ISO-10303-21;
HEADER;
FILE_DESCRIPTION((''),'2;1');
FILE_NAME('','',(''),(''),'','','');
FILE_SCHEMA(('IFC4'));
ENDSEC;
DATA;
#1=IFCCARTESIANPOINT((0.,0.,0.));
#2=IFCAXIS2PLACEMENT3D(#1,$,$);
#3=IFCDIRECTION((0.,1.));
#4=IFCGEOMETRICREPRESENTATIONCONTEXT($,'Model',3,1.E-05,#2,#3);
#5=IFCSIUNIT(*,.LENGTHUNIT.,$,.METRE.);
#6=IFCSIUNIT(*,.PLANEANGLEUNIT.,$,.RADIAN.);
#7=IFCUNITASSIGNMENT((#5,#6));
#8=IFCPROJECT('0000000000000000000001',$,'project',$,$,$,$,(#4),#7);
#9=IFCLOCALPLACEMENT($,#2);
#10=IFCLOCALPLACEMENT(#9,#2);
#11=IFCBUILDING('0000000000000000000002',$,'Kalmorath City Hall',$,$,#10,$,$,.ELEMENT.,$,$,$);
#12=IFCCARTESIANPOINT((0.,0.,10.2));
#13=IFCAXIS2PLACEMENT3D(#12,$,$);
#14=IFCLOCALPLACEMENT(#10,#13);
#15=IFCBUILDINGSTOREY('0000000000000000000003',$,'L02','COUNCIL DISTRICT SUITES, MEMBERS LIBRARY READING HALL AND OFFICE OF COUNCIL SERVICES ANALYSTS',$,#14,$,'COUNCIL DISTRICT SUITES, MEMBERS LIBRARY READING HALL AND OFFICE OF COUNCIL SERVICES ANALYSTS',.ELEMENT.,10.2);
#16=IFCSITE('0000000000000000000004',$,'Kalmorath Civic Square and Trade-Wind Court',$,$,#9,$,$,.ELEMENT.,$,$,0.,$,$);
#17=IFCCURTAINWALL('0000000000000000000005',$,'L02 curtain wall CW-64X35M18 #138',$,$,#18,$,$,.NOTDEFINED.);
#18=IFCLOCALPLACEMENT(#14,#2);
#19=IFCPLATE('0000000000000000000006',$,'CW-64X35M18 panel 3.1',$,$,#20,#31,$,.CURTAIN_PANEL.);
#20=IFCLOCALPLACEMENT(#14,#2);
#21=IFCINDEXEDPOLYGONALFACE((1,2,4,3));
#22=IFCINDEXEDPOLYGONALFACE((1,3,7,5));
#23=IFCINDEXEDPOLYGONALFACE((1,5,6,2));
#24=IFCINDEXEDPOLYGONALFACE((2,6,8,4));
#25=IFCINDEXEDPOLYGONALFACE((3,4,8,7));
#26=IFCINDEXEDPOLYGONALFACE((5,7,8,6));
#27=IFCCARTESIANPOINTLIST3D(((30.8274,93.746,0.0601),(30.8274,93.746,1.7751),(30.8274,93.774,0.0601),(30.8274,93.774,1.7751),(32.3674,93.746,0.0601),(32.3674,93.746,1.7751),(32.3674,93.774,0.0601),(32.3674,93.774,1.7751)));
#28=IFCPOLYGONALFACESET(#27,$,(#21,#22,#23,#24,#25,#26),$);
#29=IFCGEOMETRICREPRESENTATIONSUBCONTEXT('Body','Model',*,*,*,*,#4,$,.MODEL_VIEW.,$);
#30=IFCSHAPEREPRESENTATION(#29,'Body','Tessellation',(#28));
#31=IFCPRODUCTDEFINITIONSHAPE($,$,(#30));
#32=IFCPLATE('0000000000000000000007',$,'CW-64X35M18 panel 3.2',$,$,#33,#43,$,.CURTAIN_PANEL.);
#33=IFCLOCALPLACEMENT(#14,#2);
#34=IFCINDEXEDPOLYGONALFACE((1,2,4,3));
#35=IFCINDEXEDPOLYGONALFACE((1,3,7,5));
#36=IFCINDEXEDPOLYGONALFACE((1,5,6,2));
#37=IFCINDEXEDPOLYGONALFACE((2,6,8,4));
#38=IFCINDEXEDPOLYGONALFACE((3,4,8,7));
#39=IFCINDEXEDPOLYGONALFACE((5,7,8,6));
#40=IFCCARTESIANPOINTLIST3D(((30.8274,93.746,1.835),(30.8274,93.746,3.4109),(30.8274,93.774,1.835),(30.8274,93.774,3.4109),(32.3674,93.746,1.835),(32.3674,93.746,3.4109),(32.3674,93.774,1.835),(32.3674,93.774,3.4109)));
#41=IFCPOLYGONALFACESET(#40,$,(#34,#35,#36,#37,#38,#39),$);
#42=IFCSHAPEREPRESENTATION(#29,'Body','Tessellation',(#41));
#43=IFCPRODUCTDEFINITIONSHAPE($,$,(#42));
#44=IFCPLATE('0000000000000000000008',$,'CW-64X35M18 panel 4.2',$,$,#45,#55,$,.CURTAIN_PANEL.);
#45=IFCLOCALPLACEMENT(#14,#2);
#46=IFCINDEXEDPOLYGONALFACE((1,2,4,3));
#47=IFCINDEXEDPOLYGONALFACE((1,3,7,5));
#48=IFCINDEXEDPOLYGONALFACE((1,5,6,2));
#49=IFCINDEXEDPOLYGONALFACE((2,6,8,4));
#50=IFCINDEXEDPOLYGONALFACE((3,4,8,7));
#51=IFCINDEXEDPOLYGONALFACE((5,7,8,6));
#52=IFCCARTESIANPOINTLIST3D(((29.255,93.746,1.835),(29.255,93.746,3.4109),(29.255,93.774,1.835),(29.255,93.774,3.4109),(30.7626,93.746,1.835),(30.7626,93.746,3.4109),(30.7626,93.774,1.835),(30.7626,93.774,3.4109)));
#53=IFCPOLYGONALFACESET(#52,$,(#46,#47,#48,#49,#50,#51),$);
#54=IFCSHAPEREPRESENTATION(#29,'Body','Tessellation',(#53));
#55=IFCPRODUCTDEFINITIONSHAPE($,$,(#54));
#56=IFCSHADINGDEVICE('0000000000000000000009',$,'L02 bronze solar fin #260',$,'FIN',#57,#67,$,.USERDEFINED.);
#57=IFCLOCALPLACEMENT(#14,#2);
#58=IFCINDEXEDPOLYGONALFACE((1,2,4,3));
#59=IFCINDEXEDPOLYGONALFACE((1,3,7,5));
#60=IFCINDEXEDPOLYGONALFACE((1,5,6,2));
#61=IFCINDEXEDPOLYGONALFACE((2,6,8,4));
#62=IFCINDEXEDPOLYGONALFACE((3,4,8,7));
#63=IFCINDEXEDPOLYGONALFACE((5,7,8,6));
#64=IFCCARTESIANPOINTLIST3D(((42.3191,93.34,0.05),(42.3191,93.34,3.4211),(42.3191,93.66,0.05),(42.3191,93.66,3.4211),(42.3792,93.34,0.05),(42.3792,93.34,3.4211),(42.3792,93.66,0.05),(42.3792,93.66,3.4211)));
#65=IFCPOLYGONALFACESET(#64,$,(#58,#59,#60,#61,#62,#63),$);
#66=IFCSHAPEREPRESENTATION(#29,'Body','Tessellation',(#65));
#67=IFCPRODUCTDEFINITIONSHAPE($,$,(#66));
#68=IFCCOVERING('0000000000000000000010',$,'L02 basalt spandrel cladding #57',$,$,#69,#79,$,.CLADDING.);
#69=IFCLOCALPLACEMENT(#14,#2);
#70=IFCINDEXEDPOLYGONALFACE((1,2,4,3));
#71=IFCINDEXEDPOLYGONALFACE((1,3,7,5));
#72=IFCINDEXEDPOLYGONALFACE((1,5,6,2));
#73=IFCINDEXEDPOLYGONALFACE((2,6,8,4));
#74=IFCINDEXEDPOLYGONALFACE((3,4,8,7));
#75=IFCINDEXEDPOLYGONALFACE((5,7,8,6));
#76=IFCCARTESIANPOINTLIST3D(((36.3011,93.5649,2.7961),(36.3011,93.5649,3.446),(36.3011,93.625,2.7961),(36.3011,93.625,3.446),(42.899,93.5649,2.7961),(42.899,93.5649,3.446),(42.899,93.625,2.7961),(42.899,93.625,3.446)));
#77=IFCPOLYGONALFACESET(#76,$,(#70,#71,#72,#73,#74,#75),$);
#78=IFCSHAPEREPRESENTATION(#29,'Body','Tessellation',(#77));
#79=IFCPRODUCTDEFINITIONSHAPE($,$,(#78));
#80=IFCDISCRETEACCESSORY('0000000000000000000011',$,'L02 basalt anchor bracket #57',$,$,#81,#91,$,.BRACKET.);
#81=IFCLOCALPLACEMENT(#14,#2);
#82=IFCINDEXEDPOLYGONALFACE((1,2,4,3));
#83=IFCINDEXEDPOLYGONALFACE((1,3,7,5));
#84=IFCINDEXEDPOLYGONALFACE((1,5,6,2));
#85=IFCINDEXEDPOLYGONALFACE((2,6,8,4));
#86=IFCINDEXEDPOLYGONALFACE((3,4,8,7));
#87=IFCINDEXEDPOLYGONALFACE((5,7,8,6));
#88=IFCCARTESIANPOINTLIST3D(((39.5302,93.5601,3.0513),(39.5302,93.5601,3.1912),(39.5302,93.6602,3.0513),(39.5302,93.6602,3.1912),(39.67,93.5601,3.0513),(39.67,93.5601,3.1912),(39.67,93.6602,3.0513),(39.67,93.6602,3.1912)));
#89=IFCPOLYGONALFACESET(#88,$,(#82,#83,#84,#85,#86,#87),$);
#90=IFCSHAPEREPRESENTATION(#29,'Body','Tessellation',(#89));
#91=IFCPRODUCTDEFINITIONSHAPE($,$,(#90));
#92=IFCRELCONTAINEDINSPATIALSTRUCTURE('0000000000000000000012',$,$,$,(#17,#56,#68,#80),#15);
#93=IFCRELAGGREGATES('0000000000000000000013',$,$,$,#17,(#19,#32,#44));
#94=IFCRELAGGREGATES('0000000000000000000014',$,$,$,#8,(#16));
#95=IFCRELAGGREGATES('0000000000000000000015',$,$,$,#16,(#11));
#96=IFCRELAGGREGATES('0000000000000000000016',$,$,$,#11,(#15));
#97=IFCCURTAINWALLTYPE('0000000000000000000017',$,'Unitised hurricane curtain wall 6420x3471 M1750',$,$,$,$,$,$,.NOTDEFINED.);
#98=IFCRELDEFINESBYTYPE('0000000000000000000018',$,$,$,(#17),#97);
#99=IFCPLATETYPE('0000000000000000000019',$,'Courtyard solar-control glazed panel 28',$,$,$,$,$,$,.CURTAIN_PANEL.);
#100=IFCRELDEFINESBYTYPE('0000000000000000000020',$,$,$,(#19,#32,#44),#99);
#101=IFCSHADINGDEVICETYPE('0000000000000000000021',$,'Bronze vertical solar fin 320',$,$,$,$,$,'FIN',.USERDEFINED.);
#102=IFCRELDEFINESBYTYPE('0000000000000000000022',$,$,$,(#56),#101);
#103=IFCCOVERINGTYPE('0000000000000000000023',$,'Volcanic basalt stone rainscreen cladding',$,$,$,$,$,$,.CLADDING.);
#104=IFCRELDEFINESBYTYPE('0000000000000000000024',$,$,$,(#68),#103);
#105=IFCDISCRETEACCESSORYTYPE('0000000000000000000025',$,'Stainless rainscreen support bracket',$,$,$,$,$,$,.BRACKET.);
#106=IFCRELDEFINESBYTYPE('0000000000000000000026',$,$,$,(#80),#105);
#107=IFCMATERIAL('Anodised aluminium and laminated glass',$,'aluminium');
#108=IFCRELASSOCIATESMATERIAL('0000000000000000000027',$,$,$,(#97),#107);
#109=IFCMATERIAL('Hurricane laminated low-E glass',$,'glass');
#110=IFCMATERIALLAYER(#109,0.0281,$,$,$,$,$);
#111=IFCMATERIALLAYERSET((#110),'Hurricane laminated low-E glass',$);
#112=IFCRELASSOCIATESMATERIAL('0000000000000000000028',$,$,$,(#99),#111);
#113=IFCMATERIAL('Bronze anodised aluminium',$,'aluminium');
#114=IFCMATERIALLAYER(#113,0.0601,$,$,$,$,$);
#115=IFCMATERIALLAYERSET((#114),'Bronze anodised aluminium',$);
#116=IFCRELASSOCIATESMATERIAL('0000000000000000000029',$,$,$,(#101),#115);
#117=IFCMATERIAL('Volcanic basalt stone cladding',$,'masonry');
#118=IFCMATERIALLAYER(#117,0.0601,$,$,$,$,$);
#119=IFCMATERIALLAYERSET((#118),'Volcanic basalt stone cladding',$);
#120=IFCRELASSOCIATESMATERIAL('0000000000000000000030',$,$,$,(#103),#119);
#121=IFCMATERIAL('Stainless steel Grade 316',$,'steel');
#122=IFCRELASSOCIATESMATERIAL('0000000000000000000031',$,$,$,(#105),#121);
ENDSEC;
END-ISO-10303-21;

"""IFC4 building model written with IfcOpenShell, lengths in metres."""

from ifc_helpers import new_model, si_unit, direction, frame, origin, origin_2d, place, context, subcontext, project, spatial, rectangle, extrude, material, layer, layer_set, type_object, element, aggregate, save


model = new_model("IFC4")

# Units and contexts
model_context = context("Model", 3, precision=1e-05, world=origin(), true_north=direction((0.0, 1.0)))
body_context = subcontext(model_context, "Body", "Model", "MODEL_VIEW")
ifc_project = project(units=[si_unit("LENGTHUNIT", "METRE"), si_unit("PLANEANGLEUNIT", "RADIAN")], contexts=[model_context])

# Site, building, storey
site_placement = place(None, origin())
site = spatial("IfcSite", under=ifc_project, at=site_placement, Name="Kalmorath Civic Square and Trade-Wind Court", CompositionType="ELEMENT", RefElevation=0.0)
building_placement = place(site_placement, origin())
building = spatial("IfcBuilding", under=site, at=building_placement, Name="Kalmorath City Hall", CompositionType="ELEMENT")
storey_placement = place(building_placement, frame((0.0, 0.0, 10.2)))
storey = spatial("IfcBuildingStorey", under=building, at=storey_placement, Name="L02", Description="COUNCIL DISTRICT SUITES, MEMBERS LIBRARY READING HALL AND OFFICE OF COUNCIL SERVICES ANALYSTS", LongName="COUNCIL DISTRICT SUITES, MEMBERS LIBRARY READING HALL AND OFFICE OF COUNCIL SERVICES ANALYSTS", CompositionType="ELEMENT", Elevation=10.2)

# Curtain wall
ifc_material_1 = material(Name="Anodised aluminium and laminated glass", Category="aluminium")
curtain_wall_type = type_object("IfcCurtainWallType", Name="Unitised hurricane curtain wall 6420x3471 M1750", PredefinedType="NOTDEFINED", material=ifc_material_1)
curtain_wall_placement = place(storey_placement, origin())
curtain_wall = element("IfcCurtainWall", 1, at=curtain_wall_placement, inside=storey, type_object=curtain_wall_type, Name="L02 curtain wall CW-64X35M18 #138", PredefinedType="NOTDEFINED")

# Plates
ifc_material_2 = material(Name="Hurricane laminated low-E glass", Category="glass")
ifc_layer_1 = layer(ifc_material_2, 0.0281)
ifc_layer_set_1 = layer_set([ifc_layer_1], Name="Hurricane laminated low-E glass")
plate_type = type_object("IfcPlateType", Name="Courtyard solar-control glazed panel 28", PredefinedType="CURTAIN_PANEL", material=ifc_layer_set_1)
plate_1_placement = place(storey_placement, frame((31.5974, 93.76, 0.0601), z_axis=(0.0, 0.0, 1.0), x_axis=(-1.0, 0.0, 0.0)))
plate_1 = element("IfcPlate", 2, at=plate_1_placement, type_object=plate_type, Name="CW-64X35M18 panel 3.1", PredefinedType="CURTAIN_PANEL", context=body_context, shape_type="SweptSolid", body=[
    extrude(rectangle(XDim=1.54, YDim=0.0281, at=origin_2d()), origin(), (0.0, 0.0, 1.0), 1.7151),
])
plate_2_placement = place(storey_placement, frame((31.5974, 93.76, 1.835), z_axis=(0.0, 0.0, 1.0), x_axis=(-1.0, 0.0, 0.0)))
plate_2 = element("IfcPlate", 3, at=plate_2_placement, type_object=plate_type, Name="CW-64X35M18 panel 3.2", PredefinedType="CURTAIN_PANEL", context=body_context, shape_type="SweptSolid", body=[
    extrude(rectangle(XDim=1.54, YDim=0.0281, at=origin_2d()), origin(), (0.0, 0.0, 1.0), 1.5759),
])
plate_3_placement = place(storey_placement, frame((30.0088, 93.76, 1.835), z_axis=(0.0, 0.0, 1.0), x_axis=(-1.0, 0.0, 0.0)))
plate_3 = element("IfcPlate", 4, at=plate_3_placement, type_object=plate_type, Name="CW-64X35M18 panel 4.2", PredefinedType="CURTAIN_PANEL", context=body_context, shape_type="SweptSolid", body=[
    extrude(rectangle(XDim=1.5076, YDim=0.0281, at=origin_2d()), origin(), (0.0, 0.0, 1.0), 1.5759),
])
aggregate(curtain_wall, [plate_1, plate_2, plate_3])

# Shading device
ifc_material_3 = material(Name="Bronze anodised aluminium", Category="aluminium")
ifc_layer_2 = layer(ifc_material_3, 0.0601)
ifc_layer_set_2 = layer_set([ifc_layer_2], Name="Bronze anodised aluminium")
shading_device_type = type_object("IfcShadingDeviceType", Name="Bronze vertical solar fin 320", ElementType="FIN", PredefinedType="USERDEFINED", material=ifc_layer_set_2)
shading_device_placement = place(storey_placement, frame((42.3491, 93.5, 0.05), z_axis=(0.0, 0.0, 1.0), x_axis=(-1.0, 0.0, 0.0)))
element("IfcShadingDevice", 5, at=shading_device_placement, inside=storey, type_object=shading_device_type, Name="L02 bronze solar fin #260", ObjectType="FIN", PredefinedType="USERDEFINED", context=body_context, shape_type="SweptSolid", body=[
    extrude(rectangle(XDim=0.0601, YDim=0.3201, at=origin_2d()), origin(), (0.0, 0.0, 1.0), 3.3711),
])

# Covering
ifc_material_4 = material(Name="Volcanic basalt stone cladding", Category="masonry")
ifc_layer_3 = layer(ifc_material_4, 0.0601)
ifc_layer_set_3 = layer_set([ifc_layer_3], Name="Volcanic basalt stone cladding")
covering_type = type_object("IfcCoveringType", Name="Volcanic basalt stone rainscreen cladding", PredefinedType="CLADDING", material=ifc_layer_set_3)
covering_placement = place(storey_placement, frame((39.6001, 93.595, 2.7961), z_axis=(0.0, 0.0, 1.0), x_axis=(-1.0, 0.0, 0.0)))
element("IfcCovering", 6, at=covering_placement, inside=storey, type_object=covering_type, Name="L02 basalt spandrel cladding #57", PredefinedType="CLADDING", context=body_context, shape_type="SweptSolid", body=[
    extrude(rectangle(XDim=6.5979, YDim=0.0601, at=origin_2d()), origin(), (0.0, 0.0, 1.0), 0.6499),
])

# Discrete accessory
ifc_material_5 = material(Name="Stainless steel Grade 316", Category="steel")
discrete_accessory_type = type_object("IfcDiscreteAccessoryType", Name="Stainless rainscreen support bracket", PredefinedType="BRACKET", material=ifc_material_5)
discrete_accessory_placement = place(storey_placement, frame((39.6001, 93.6101, 3.0513), z_axis=(0.0, 0.0, 1.0), x_axis=(-1.0, 0.0, 0.0)))
element("IfcDiscreteAccessory", 7, at=discrete_accessory_placement, inside=storey, type_object=discrete_accessory_type, Name="L02 basalt anchor bracket #57", PredefinedType="BRACKET", context=body_context, shape_type="SweptSolid", body=[
    extrude(rectangle(XDim=0.1399, YDim=0.1001, at=origin_2d()), origin(), (0.0, 0.0, 1.0), 0.1399),
])

save(model, "model.ifc")
